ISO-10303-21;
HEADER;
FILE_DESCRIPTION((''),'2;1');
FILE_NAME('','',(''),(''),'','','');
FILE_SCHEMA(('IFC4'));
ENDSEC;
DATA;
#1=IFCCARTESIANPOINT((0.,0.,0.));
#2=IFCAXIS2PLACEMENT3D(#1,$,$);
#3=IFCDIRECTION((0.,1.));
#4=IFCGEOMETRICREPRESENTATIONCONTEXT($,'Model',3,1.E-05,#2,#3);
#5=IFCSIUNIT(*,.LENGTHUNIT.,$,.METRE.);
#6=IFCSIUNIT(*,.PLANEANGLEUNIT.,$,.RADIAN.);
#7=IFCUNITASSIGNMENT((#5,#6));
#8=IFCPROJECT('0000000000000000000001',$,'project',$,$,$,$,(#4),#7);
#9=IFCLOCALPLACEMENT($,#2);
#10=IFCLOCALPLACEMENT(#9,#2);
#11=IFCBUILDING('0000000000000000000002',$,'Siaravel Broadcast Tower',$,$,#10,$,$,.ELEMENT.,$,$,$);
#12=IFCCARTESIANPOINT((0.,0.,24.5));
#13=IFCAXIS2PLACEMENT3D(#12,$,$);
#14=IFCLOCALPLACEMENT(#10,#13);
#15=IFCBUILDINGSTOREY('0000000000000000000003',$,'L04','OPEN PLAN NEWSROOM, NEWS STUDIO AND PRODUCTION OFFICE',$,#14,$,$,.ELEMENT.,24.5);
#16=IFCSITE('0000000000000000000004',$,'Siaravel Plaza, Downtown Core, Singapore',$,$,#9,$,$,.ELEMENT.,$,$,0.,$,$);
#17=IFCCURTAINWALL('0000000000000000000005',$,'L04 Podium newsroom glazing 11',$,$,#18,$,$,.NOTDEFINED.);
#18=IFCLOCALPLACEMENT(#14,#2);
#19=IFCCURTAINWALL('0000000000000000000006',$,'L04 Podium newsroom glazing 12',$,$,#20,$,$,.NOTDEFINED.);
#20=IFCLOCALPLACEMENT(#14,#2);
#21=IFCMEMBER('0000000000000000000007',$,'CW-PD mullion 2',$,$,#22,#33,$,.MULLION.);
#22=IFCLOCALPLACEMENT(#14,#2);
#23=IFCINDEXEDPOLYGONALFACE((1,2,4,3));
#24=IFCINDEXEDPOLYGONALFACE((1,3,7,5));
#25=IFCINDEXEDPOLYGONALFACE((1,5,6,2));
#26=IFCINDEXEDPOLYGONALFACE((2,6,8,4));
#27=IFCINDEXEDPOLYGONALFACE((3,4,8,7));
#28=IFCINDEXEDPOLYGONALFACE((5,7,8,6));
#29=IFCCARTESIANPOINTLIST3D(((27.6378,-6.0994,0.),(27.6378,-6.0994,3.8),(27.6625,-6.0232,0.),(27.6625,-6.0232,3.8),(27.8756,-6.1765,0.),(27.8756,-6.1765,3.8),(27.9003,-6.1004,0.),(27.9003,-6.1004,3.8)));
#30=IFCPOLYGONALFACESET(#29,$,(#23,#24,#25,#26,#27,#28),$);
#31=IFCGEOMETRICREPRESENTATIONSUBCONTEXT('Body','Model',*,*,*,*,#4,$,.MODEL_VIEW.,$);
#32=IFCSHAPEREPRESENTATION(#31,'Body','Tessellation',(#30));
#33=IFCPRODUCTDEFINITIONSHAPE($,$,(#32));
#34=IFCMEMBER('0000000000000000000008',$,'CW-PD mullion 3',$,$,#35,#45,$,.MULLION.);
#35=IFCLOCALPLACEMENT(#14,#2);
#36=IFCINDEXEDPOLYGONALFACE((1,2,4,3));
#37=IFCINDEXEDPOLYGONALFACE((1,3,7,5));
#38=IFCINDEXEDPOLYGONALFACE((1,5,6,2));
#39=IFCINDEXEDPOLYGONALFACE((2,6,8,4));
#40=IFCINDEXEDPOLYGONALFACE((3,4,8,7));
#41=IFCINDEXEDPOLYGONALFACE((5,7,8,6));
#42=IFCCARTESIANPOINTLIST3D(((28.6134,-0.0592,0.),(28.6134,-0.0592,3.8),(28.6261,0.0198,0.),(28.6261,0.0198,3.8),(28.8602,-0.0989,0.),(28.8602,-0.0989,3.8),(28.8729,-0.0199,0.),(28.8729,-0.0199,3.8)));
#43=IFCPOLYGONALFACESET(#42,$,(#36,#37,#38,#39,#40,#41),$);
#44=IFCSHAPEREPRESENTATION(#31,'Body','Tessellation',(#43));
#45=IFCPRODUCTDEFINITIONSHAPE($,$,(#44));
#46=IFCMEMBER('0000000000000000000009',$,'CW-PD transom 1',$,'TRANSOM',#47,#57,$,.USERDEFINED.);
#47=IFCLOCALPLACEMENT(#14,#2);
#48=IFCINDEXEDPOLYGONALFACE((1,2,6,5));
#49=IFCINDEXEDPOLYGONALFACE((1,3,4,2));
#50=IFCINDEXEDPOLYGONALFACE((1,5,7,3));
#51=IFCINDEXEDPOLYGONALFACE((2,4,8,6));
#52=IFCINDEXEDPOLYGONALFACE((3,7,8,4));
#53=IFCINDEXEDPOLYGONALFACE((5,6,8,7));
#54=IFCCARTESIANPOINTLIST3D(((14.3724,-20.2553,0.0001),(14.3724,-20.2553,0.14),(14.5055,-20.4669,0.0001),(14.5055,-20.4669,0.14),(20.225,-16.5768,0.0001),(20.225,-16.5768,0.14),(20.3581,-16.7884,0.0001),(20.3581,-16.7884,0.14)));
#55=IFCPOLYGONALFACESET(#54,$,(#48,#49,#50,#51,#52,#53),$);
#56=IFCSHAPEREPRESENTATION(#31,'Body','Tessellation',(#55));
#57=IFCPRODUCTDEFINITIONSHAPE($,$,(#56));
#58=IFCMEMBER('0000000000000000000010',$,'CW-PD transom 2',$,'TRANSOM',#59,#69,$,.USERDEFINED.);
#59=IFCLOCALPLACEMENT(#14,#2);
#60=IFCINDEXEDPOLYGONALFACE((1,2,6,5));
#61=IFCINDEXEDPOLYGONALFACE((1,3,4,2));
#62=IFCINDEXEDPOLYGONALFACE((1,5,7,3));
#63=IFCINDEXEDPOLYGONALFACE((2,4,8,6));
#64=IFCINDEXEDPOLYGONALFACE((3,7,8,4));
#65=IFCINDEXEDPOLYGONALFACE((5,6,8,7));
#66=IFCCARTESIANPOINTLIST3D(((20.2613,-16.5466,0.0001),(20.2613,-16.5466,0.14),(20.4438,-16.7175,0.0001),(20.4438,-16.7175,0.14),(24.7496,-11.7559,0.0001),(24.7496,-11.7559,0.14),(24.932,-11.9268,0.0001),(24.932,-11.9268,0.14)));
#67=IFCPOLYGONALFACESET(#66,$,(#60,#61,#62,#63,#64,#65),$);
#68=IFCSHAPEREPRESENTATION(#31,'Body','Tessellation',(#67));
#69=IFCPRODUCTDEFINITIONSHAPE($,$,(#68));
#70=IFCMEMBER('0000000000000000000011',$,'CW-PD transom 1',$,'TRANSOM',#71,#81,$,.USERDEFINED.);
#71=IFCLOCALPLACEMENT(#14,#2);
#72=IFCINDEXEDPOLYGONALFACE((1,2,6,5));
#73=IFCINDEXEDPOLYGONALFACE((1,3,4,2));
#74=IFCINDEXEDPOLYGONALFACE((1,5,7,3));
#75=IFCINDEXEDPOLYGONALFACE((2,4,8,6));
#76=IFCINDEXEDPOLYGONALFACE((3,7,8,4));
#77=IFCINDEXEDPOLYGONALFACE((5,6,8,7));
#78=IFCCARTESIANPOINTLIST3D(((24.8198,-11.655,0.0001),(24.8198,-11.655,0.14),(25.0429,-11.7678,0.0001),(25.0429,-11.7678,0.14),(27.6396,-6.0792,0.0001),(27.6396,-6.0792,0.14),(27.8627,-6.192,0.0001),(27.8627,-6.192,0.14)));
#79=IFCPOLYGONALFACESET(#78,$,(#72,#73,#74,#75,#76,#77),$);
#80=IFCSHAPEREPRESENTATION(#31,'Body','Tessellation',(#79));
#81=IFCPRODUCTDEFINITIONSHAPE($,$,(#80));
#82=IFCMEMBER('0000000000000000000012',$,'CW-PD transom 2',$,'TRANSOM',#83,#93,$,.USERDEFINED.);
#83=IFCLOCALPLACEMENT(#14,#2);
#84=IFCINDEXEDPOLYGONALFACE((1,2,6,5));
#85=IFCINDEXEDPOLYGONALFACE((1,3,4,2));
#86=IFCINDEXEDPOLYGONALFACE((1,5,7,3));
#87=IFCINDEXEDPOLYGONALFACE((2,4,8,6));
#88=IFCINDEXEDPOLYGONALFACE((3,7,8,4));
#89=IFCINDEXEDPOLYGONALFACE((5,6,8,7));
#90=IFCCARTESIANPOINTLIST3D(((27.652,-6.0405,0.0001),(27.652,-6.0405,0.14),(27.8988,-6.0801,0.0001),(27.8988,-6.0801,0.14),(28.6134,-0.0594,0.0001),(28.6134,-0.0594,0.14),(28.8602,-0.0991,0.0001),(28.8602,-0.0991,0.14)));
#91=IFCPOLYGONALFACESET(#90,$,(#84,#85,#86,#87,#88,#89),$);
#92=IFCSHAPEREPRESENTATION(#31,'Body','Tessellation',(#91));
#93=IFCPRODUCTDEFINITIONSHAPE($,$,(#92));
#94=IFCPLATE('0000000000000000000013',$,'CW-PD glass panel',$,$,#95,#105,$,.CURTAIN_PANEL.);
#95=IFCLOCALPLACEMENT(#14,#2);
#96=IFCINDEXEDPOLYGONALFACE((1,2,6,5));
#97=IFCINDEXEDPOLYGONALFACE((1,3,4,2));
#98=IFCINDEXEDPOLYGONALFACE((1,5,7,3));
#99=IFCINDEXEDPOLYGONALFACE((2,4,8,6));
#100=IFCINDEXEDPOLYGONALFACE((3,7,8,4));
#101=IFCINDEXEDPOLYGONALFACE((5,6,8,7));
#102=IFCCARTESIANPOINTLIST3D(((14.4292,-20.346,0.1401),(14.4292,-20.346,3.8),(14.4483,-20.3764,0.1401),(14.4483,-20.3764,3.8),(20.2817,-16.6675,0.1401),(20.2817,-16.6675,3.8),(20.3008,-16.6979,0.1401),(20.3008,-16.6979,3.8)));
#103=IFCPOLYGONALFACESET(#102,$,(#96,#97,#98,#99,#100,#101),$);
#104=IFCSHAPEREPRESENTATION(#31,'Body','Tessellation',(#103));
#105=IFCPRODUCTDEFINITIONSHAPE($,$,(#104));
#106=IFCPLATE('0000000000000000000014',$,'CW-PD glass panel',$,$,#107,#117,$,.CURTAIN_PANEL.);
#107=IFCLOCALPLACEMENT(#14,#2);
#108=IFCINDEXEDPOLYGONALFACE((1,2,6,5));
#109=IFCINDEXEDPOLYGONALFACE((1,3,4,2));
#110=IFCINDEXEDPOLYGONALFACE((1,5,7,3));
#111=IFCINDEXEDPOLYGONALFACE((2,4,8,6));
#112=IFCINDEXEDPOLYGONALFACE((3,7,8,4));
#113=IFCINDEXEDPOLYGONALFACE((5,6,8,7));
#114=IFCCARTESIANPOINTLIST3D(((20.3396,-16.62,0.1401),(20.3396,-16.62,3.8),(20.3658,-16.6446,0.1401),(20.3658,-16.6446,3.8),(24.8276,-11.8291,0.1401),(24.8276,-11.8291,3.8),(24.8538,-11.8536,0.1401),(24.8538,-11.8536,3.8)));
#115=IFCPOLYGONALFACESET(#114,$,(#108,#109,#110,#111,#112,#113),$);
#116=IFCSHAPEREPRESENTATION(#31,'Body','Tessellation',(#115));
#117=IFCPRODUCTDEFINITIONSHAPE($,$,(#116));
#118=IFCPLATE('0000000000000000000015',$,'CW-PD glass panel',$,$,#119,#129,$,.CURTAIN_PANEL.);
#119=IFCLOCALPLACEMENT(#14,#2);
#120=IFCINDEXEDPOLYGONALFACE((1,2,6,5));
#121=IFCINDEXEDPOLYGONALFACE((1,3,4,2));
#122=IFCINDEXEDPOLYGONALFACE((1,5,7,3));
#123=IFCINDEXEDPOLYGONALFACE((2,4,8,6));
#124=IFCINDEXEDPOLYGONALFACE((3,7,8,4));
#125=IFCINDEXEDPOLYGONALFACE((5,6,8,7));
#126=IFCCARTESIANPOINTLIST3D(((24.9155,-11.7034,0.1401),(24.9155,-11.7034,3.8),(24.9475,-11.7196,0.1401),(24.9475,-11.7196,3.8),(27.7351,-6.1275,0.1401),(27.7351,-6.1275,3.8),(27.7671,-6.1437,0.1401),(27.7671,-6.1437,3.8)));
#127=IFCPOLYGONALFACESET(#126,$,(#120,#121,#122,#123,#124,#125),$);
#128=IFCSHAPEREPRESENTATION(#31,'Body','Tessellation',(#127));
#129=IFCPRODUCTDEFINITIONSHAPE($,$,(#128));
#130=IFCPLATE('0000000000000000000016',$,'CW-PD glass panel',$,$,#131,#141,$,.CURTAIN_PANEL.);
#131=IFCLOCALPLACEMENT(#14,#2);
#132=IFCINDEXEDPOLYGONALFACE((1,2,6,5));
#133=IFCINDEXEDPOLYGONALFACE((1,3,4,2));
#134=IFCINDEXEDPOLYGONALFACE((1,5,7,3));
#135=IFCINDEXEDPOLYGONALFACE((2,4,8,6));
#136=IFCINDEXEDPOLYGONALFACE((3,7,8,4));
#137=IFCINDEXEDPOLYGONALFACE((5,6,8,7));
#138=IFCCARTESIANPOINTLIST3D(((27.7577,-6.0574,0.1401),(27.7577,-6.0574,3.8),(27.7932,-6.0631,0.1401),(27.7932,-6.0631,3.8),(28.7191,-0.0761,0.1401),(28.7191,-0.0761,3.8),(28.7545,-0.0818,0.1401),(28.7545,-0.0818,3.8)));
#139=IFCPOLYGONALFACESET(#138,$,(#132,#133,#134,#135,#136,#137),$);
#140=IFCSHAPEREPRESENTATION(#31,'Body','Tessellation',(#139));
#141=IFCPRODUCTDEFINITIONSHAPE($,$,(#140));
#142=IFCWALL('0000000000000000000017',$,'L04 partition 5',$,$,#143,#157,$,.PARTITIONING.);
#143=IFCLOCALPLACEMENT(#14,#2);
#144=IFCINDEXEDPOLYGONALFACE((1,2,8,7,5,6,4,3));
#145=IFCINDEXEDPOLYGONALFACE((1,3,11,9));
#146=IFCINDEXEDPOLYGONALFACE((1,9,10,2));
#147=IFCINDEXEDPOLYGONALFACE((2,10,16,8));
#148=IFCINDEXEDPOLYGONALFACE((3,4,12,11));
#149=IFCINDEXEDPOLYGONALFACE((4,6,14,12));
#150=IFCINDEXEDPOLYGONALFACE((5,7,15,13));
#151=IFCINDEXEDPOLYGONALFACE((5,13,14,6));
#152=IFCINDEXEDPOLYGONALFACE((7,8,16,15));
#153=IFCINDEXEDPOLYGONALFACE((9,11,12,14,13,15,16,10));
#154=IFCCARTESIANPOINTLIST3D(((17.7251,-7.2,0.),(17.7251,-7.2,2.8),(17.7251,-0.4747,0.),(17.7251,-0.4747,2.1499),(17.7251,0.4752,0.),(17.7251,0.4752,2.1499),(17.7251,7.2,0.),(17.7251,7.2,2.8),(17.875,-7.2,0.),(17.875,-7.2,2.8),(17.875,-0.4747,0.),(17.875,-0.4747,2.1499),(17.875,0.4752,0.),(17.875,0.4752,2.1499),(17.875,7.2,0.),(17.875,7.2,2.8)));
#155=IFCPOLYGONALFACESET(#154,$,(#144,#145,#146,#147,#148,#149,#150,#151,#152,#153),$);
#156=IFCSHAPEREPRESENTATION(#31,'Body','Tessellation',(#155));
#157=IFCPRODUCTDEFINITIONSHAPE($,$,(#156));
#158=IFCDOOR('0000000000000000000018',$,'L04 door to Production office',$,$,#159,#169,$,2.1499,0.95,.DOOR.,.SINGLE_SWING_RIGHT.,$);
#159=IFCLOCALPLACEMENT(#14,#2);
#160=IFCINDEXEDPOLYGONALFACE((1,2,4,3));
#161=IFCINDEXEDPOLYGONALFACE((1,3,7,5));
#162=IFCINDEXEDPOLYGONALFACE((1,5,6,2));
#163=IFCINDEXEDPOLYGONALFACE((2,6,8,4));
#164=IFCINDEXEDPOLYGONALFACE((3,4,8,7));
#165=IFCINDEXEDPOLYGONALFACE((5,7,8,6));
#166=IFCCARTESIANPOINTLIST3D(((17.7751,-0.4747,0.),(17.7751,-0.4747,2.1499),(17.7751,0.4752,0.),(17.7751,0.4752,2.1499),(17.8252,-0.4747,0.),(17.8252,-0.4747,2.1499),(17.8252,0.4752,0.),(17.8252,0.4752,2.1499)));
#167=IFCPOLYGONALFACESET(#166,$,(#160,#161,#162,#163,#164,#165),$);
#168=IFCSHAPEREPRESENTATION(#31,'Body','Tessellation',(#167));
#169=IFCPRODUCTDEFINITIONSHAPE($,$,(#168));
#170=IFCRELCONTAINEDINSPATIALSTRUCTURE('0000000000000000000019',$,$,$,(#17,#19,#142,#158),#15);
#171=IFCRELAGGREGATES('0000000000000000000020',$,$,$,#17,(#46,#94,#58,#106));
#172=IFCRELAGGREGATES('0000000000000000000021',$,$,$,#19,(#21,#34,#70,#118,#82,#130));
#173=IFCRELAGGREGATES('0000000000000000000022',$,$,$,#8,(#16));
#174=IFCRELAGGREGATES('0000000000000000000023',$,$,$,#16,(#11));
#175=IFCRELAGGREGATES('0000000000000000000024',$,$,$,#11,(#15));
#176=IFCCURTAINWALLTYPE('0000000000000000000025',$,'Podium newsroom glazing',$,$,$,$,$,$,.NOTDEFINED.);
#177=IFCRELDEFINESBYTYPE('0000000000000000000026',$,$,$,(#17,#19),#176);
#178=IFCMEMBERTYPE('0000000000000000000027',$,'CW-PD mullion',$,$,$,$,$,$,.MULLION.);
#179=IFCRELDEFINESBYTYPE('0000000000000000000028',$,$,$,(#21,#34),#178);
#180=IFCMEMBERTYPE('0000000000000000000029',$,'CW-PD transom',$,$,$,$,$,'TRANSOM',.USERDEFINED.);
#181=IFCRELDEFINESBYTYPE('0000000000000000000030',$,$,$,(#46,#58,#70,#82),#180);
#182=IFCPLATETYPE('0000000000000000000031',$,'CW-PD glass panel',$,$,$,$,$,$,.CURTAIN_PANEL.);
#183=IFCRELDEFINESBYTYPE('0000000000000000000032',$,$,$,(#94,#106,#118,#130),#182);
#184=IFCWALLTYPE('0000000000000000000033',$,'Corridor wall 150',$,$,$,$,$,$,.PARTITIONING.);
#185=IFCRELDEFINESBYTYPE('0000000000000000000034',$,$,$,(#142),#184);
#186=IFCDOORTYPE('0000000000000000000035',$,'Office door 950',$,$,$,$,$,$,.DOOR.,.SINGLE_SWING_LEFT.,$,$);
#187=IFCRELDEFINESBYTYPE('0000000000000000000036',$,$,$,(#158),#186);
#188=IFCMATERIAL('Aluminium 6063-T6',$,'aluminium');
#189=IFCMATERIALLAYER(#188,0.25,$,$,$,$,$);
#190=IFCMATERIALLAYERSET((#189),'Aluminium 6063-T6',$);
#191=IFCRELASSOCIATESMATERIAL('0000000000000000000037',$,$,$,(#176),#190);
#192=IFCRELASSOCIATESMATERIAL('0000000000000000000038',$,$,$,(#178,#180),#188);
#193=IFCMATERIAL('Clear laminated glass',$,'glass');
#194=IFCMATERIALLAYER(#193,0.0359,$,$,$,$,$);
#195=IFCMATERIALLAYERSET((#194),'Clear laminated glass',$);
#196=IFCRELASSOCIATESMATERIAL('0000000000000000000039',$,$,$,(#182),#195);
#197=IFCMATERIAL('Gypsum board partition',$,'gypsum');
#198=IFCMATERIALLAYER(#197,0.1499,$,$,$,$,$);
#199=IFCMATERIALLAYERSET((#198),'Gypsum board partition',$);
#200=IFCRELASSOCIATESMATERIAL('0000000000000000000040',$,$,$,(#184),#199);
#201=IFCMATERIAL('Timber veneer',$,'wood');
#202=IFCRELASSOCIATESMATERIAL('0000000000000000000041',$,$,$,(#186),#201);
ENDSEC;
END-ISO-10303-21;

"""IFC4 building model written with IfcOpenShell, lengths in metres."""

from ifc_helpers import new_model, si_unit, direction, frame, frame_2d, origin, origin_2d, place, context, subcontext, project, spatial, rectangle, extrude, material, layer, layer_set, material_profile, profile_set, type_object, element, fill, aggregate, save


model = new_model("IFC4")

# Units and contexts
model_context = context("Model", 3, precision=1e-05, world=origin(), true_north=direction((0.0, 1.0)))
body_context = subcontext(model_context, "Body", "Model", "MODEL_VIEW")
ifc_project = project(units=[si_unit("LENGTHUNIT", "METRE"), si_unit("PLANEANGLEUNIT", "RADIAN")], contexts=[model_context])

# Site, building, storey
site_placement = place(None, origin())
site = spatial("IfcSite", under=ifc_project, at=site_placement, Name="Siaravel Plaza, Downtown Core, Singapore", CompositionType="ELEMENT", RefElevation=0.0)
building_placement = place(site_placement, origin())
building = spatial("IfcBuilding", under=site, at=building_placement, Name="Siaravel Broadcast Tower", CompositionType="ELEMENT")
storey_placement = place(building_placement, frame((0.0, 0.0, 24.5)))
storey = spatial("IfcBuildingStorey", under=building, at=storey_placement, Name="L04", Description="OPEN PLAN NEWSROOM, NEWS STUDIO AND PRODUCTION OFFICE", CompositionType="ELEMENT", Elevation=24.5)

# Curtain walls, members
ifc_material_1 = material(Name="Aluminium 6063-T6", Category="aluminium")
ifc_layer_1 = layer(ifc_material_1, 0.25)
ifc_layer_set_1 = layer_set([ifc_layer_1], Name="Aluminium 6063-T6")
curtain_wall_type = type_object("IfcCurtainWallType", Name="Podium newsroom glazing", PredefinedType="NOTDEFINED", material=ifc_layer_set_1)
curtain_wall_1_placement = place(storey_placement, origin())
curtain_wall_1 = element("IfcCurtainWall", 1, at=curtain_wall_1_placement, inside=storey, type_object=curtain_wall_type, Name="L04 Podium newsroom glazing 11", PredefinedType="NOTDEFINED")
ifc_material_profile_1 = material_profile(ifc_material_1, rectangle(XDim=0.25, YDim=0.0801, at=origin_2d()))
ifc_profile_set_1 = profile_set([ifc_material_profile_1], Name="Aluminium 6063-T6")
member_type_1 = type_object("IfcMemberType", Name="CW-PD mullion", PredefinedType="MULLION", material=ifc_profile_set_1)
curtain_wall_2_placement = place(storey_placement, origin())
curtain_wall_2 = element("IfcCurtainWall", 2, at=curtain_wall_2_placement, inside=storey, type_object=curtain_wall_type, Name="L04 Podium newsroom glazing 12", PredefinedType="NOTDEFINED")
member_1_placement = place(storey_placement, frame((27.769, -6.0999, 0.0), z_axis=(0.0, 0.0, 1.0), x_axis=(-0.951177, 0.308646, 0.0)))
member_1 = element("IfcMember", 3, at=member_1_placement, type_object=member_type_1, Name="CW-PD mullion 2", PredefinedType="MULLION", context=body_context, shape_type="SweptSolid", body=[
    extrude(rectangle(XDim=0.25, YDim=0.0801, at=origin_2d()), origin(), (0.0, 0.0, 1.0), 3.8),
])
member_2_placement = place(storey_placement, frame((28.7432, -0.0396, 0.0), z_axis=(0.0, 0.0, 1.0), x_axis=(-0.987329, 0.158686, 0.0)))
member_2 = element("IfcMember", 4, at=member_2_placement, type_object=member_type_1, Name="CW-PD mullion 3", PredefinedType="MULLION", context=body_context, shape_type="SweptSolid", body=[
    extrude(rectangle(XDim=0.25, YDim=0.0801, at=origin_2d()), origin(), (0.0, 0.0, 1.0), 3.8),
])

# Members
ifc_material_profile_2 = material_profile(ifc_material_1, rectangle(XDim=0.25, YDim=0.1399, at=origin_2d()))
ifc_profile_set_2 = profile_set([ifc_material_profile_2], Name="Aluminium 6063-T6")
member_type_2 = type_object("IfcMemberType", Name="CW-PD transom", ElementType="TRANSOM", PredefinedType="USERDEFINED", material=ifc_profile_set_2)
member_3_placement = place(storey_placement, frame((14.439, -20.3611, 0.0701), z_axis=(0.846654, 0.532143, 0.0), x_axis=(-0.532143, 0.846654, 0.0)))
member_3 = element("IfcMember", 5, at=member_3_placement, type_object=member_type_2, Name="CW-PD transom 1", ObjectType="TRANSOM", PredefinedType="USERDEFINED", context=body_context, shape_type="SweptSolid", body=[
    extrude(rectangle(XDim=0.25, YDim=0.1399, at=origin_2d()), origin(), (0.0, 0.0, 1.0), 6.9126),
])
member_4_placement = place(storey_placement, frame((20.3525, -16.6321, 0.0701), z_axis=(0.683692, 0.72977, 0.0), x_axis=(-0.72977, 0.683692, 0.0)))
member_4 = element("IfcMember", 6, at=member_4_placement, type_object=member_type_2, Name="CW-PD transom 2", ObjectType="TRANSOM", PredefinedType="USERDEFINED", context=body_context, shape_type="SweptSolid", body=[
    extrude(rectangle(XDim=0.25, YDim=0.1399, at=origin_2d()), origin(), (0.0, 0.0, 1.0), 6.5647),
])
member_5_placement = place(storey_placement, frame((24.9314, -11.7114, 0.0701), z_axis=(0.451288, 0.892378, 0.0), x_axis=(-0.892378, 0.451288, 0.0)))
member_5 = element("IfcMember", 7, at=member_5_placement, type_object=member_type_2, Name="CW-PD transom 1", ObjectType="TRANSOM", PredefinedType="USERDEFINED", context=body_context, shape_type="SweptSolid", body=[
    extrude(rectangle(XDim=0.25, YDim=0.1399, at=origin_2d()), origin(), (0.0, 0.0, 1.0), 6.2483),
])
member_6_placement = place(storey_placement, frame((27.7754, -6.0603, 0.0701), z_axis=(0.158704, 0.987326, 0.0), x_axis=(-0.987326, 0.158704, 0.0)))
member_6 = element("IfcMember", 8, at=member_6_placement, type_object=member_type_2, Name="CW-PD transom 2", ObjectType="TRANSOM", PredefinedType="USERDEFINED", context=body_context, shape_type="SweptSolid", body=[
    extrude(rectangle(XDim=0.25, YDim=0.1399, at=origin_2d()), origin(), (0.0, 0.0, 1.0), 6.0579),
])

# Plates
ifc_material_2 = material(Name="Clear laminated glass", Category="glass")
ifc_layer_2 = layer(ifc_material_2, 0.0359)
ifc_layer_set_2 = layer_set([ifc_layer_2], Name="Clear laminated glass")
plate_type = type_object("IfcPlateType", Name="CW-PD glass panel", PredefinedType="CURTAIN_PANEL", material=ifc_layer_set_2)
plate_1_placement = place(storey_placement, frame((17.365, -18.522, 0.1401), z_axis=(0.0, 0.0, 1.0), x_axis=(0.846651, 0.532149, 0.0)))
plate_1 = element("IfcPlate", 9, at=plate_1_placement, type_object=plate_type, Name="CW-PD glass panel", PredefinedType="CURTAIN_PANEL", context=body_context, shape_type="SweptSolid", body=[
    extrude(rectangle(XDim=6.9126, YDim=0.0359, at=origin_2d()), origin(), (0.0, 0.0, 1.0), 3.6599),
])
plate_2_placement = place(storey_placement, frame((22.5967, -14.2368, 0.1401), z_axis=(0.0, 0.0, 1.0), x_axis=(0.683656, 0.729804, 0.0)))
plate_2 = element("IfcPlate", 10, at=plate_2_placement, type_object=plate_type, Name="CW-PD glass panel", PredefinedType="CURTAIN_PANEL", context=body_context, shape_type="SweptSolid", body=[
    extrude(rectangle(XDim=6.5647, YDim=0.0359, at=origin_2d()), origin(), (0.0, 0.0, 1.0), 3.6599),
])
aggregate(curtain_wall_1, [member_3, plate_1, member_4, plate_2])
plate_3_placement = place(storey_placement, frame((26.3413, -8.9236, 0.1401), z_axis=(0.0, 0.0, 1.0), x_axis=(0.451262, 0.892392, 0.0)))
plate_3 = element("IfcPlate", 11, at=plate_3_placement, type_object=plate_type, Name="CW-PD glass panel", PredefinedType="CURTAIN_PANEL", context=body_context, shape_type="SweptSolid", body=[
    extrude(rectangle(XDim=6.2483, YDim=0.0359, at=origin_2d()), origin(), (0.0, 0.0, 1.0), 3.6599),
])
plate_4_placement = place(storey_placement, frame((28.2561, -3.0696, 0.1401), z_axis=(0.0, 0.0, 1.0), x_axis=(0.158686, 0.987329, 0.0)))
plate_4 = element("IfcPlate", 12, at=plate_4_placement, type_object=plate_type, Name="CW-PD glass panel", PredefinedType="CURTAIN_PANEL", context=body_context, shape_type="SweptSolid", body=[
    extrude(rectangle(XDim=6.0581, YDim=0.0359, at=origin_2d()), origin(), (0.0, 0.0, 1.0), 3.6599),
])
aggregate(curtain_wall_2, [member_1, member_2, member_5, plate_3, member_6, plate_4])

# Wall, opening, door
ifc_material_3 = material(Name="Gypsum board partition", Category="gypsum")
ifc_layer_3 = layer(ifc_material_3, 0.1499)
ifc_layer_set_3 = layer_set([ifc_layer_3], Name="Gypsum board partition")
wall_type_1 = type_object("IfcWallType", Name="Corridor wall 150", PredefinedType="PARTITIONING", material=ifc_layer_set_3)
wall_1_placement = place(storey_placement, frame((17.8, -7.2, 0.0), z_axis=(0.0, 0.0, 1.0), x_axis=(0.0, 1.0, 0.0)))
wall_1 = element("IfcWall", 13, at=wall_1_placement, inside=storey, type_object=wall_type_1, Name="L04 partition 5", PredefinedType="PARTITIONING", context=body_context, shape_type="SweptSolid", body=[
    extrude(rectangle(XDim=14.3999, YDim=0.1499, at=frame_2d((7.2, 0.0))), origin(), (0.0, 0.0, 1.0), 2.8),
])
opening_1_placement = place(wall_1_placement, frame((6.7251, 0.0, 0.0)))
opening_1 = element("IfcOpeningElement", 14, at=opening_1_placement, cuts=wall_1, PredefinedType="OPENING", context=body_context, shape_type="SweptSolid", body=[
    extrude(rectangle(XDim=0.95, YDim=2.1499, at=frame_2d((0.4751, 1.075))), frame((0.0, 0.085, 0.0), z_axis=(0.0, -1.0, 0.0), x_axis=(1.0, 0.0, 0.0)), (0.0, 0.0, 1.0), 0.1699),
])
ifc_material_4 = material(Name="Timber veneer", Category="wood")
door_type_1 = type_object("IfcDoorType", Name="Office door 950", OperationType="SINGLE_SWING_LEFT", PredefinedType="DOOR", material=ifc_material_4)
door_1_placement = place(opening_1_placement, origin())
door_1 = element("IfcDoor", 15, at=door_1_placement, inside=storey, type_object=door_type_1, Name="L04 door to Production office", OperationType="SINGLE_SWING_RIGHT", OverallHeight=2.1499, OverallWidth=0.95, PredefinedType="DOOR", context=body_context, shape_type="SweptSolid", body=[
    extrude(rectangle(XDim=0.95, YDim=2.1499, at=frame_2d((0.4751, 1.075))), frame((0.0, 0.0249, 0.0), z_axis=(0.0, -1.0, 0.0), x_axis=(1.0, 0.0, 0.0)), (0.0, 0.0, 1.0), 0.05),
])
fill(opening_1, door_1)

save(model, "model.ifc")
